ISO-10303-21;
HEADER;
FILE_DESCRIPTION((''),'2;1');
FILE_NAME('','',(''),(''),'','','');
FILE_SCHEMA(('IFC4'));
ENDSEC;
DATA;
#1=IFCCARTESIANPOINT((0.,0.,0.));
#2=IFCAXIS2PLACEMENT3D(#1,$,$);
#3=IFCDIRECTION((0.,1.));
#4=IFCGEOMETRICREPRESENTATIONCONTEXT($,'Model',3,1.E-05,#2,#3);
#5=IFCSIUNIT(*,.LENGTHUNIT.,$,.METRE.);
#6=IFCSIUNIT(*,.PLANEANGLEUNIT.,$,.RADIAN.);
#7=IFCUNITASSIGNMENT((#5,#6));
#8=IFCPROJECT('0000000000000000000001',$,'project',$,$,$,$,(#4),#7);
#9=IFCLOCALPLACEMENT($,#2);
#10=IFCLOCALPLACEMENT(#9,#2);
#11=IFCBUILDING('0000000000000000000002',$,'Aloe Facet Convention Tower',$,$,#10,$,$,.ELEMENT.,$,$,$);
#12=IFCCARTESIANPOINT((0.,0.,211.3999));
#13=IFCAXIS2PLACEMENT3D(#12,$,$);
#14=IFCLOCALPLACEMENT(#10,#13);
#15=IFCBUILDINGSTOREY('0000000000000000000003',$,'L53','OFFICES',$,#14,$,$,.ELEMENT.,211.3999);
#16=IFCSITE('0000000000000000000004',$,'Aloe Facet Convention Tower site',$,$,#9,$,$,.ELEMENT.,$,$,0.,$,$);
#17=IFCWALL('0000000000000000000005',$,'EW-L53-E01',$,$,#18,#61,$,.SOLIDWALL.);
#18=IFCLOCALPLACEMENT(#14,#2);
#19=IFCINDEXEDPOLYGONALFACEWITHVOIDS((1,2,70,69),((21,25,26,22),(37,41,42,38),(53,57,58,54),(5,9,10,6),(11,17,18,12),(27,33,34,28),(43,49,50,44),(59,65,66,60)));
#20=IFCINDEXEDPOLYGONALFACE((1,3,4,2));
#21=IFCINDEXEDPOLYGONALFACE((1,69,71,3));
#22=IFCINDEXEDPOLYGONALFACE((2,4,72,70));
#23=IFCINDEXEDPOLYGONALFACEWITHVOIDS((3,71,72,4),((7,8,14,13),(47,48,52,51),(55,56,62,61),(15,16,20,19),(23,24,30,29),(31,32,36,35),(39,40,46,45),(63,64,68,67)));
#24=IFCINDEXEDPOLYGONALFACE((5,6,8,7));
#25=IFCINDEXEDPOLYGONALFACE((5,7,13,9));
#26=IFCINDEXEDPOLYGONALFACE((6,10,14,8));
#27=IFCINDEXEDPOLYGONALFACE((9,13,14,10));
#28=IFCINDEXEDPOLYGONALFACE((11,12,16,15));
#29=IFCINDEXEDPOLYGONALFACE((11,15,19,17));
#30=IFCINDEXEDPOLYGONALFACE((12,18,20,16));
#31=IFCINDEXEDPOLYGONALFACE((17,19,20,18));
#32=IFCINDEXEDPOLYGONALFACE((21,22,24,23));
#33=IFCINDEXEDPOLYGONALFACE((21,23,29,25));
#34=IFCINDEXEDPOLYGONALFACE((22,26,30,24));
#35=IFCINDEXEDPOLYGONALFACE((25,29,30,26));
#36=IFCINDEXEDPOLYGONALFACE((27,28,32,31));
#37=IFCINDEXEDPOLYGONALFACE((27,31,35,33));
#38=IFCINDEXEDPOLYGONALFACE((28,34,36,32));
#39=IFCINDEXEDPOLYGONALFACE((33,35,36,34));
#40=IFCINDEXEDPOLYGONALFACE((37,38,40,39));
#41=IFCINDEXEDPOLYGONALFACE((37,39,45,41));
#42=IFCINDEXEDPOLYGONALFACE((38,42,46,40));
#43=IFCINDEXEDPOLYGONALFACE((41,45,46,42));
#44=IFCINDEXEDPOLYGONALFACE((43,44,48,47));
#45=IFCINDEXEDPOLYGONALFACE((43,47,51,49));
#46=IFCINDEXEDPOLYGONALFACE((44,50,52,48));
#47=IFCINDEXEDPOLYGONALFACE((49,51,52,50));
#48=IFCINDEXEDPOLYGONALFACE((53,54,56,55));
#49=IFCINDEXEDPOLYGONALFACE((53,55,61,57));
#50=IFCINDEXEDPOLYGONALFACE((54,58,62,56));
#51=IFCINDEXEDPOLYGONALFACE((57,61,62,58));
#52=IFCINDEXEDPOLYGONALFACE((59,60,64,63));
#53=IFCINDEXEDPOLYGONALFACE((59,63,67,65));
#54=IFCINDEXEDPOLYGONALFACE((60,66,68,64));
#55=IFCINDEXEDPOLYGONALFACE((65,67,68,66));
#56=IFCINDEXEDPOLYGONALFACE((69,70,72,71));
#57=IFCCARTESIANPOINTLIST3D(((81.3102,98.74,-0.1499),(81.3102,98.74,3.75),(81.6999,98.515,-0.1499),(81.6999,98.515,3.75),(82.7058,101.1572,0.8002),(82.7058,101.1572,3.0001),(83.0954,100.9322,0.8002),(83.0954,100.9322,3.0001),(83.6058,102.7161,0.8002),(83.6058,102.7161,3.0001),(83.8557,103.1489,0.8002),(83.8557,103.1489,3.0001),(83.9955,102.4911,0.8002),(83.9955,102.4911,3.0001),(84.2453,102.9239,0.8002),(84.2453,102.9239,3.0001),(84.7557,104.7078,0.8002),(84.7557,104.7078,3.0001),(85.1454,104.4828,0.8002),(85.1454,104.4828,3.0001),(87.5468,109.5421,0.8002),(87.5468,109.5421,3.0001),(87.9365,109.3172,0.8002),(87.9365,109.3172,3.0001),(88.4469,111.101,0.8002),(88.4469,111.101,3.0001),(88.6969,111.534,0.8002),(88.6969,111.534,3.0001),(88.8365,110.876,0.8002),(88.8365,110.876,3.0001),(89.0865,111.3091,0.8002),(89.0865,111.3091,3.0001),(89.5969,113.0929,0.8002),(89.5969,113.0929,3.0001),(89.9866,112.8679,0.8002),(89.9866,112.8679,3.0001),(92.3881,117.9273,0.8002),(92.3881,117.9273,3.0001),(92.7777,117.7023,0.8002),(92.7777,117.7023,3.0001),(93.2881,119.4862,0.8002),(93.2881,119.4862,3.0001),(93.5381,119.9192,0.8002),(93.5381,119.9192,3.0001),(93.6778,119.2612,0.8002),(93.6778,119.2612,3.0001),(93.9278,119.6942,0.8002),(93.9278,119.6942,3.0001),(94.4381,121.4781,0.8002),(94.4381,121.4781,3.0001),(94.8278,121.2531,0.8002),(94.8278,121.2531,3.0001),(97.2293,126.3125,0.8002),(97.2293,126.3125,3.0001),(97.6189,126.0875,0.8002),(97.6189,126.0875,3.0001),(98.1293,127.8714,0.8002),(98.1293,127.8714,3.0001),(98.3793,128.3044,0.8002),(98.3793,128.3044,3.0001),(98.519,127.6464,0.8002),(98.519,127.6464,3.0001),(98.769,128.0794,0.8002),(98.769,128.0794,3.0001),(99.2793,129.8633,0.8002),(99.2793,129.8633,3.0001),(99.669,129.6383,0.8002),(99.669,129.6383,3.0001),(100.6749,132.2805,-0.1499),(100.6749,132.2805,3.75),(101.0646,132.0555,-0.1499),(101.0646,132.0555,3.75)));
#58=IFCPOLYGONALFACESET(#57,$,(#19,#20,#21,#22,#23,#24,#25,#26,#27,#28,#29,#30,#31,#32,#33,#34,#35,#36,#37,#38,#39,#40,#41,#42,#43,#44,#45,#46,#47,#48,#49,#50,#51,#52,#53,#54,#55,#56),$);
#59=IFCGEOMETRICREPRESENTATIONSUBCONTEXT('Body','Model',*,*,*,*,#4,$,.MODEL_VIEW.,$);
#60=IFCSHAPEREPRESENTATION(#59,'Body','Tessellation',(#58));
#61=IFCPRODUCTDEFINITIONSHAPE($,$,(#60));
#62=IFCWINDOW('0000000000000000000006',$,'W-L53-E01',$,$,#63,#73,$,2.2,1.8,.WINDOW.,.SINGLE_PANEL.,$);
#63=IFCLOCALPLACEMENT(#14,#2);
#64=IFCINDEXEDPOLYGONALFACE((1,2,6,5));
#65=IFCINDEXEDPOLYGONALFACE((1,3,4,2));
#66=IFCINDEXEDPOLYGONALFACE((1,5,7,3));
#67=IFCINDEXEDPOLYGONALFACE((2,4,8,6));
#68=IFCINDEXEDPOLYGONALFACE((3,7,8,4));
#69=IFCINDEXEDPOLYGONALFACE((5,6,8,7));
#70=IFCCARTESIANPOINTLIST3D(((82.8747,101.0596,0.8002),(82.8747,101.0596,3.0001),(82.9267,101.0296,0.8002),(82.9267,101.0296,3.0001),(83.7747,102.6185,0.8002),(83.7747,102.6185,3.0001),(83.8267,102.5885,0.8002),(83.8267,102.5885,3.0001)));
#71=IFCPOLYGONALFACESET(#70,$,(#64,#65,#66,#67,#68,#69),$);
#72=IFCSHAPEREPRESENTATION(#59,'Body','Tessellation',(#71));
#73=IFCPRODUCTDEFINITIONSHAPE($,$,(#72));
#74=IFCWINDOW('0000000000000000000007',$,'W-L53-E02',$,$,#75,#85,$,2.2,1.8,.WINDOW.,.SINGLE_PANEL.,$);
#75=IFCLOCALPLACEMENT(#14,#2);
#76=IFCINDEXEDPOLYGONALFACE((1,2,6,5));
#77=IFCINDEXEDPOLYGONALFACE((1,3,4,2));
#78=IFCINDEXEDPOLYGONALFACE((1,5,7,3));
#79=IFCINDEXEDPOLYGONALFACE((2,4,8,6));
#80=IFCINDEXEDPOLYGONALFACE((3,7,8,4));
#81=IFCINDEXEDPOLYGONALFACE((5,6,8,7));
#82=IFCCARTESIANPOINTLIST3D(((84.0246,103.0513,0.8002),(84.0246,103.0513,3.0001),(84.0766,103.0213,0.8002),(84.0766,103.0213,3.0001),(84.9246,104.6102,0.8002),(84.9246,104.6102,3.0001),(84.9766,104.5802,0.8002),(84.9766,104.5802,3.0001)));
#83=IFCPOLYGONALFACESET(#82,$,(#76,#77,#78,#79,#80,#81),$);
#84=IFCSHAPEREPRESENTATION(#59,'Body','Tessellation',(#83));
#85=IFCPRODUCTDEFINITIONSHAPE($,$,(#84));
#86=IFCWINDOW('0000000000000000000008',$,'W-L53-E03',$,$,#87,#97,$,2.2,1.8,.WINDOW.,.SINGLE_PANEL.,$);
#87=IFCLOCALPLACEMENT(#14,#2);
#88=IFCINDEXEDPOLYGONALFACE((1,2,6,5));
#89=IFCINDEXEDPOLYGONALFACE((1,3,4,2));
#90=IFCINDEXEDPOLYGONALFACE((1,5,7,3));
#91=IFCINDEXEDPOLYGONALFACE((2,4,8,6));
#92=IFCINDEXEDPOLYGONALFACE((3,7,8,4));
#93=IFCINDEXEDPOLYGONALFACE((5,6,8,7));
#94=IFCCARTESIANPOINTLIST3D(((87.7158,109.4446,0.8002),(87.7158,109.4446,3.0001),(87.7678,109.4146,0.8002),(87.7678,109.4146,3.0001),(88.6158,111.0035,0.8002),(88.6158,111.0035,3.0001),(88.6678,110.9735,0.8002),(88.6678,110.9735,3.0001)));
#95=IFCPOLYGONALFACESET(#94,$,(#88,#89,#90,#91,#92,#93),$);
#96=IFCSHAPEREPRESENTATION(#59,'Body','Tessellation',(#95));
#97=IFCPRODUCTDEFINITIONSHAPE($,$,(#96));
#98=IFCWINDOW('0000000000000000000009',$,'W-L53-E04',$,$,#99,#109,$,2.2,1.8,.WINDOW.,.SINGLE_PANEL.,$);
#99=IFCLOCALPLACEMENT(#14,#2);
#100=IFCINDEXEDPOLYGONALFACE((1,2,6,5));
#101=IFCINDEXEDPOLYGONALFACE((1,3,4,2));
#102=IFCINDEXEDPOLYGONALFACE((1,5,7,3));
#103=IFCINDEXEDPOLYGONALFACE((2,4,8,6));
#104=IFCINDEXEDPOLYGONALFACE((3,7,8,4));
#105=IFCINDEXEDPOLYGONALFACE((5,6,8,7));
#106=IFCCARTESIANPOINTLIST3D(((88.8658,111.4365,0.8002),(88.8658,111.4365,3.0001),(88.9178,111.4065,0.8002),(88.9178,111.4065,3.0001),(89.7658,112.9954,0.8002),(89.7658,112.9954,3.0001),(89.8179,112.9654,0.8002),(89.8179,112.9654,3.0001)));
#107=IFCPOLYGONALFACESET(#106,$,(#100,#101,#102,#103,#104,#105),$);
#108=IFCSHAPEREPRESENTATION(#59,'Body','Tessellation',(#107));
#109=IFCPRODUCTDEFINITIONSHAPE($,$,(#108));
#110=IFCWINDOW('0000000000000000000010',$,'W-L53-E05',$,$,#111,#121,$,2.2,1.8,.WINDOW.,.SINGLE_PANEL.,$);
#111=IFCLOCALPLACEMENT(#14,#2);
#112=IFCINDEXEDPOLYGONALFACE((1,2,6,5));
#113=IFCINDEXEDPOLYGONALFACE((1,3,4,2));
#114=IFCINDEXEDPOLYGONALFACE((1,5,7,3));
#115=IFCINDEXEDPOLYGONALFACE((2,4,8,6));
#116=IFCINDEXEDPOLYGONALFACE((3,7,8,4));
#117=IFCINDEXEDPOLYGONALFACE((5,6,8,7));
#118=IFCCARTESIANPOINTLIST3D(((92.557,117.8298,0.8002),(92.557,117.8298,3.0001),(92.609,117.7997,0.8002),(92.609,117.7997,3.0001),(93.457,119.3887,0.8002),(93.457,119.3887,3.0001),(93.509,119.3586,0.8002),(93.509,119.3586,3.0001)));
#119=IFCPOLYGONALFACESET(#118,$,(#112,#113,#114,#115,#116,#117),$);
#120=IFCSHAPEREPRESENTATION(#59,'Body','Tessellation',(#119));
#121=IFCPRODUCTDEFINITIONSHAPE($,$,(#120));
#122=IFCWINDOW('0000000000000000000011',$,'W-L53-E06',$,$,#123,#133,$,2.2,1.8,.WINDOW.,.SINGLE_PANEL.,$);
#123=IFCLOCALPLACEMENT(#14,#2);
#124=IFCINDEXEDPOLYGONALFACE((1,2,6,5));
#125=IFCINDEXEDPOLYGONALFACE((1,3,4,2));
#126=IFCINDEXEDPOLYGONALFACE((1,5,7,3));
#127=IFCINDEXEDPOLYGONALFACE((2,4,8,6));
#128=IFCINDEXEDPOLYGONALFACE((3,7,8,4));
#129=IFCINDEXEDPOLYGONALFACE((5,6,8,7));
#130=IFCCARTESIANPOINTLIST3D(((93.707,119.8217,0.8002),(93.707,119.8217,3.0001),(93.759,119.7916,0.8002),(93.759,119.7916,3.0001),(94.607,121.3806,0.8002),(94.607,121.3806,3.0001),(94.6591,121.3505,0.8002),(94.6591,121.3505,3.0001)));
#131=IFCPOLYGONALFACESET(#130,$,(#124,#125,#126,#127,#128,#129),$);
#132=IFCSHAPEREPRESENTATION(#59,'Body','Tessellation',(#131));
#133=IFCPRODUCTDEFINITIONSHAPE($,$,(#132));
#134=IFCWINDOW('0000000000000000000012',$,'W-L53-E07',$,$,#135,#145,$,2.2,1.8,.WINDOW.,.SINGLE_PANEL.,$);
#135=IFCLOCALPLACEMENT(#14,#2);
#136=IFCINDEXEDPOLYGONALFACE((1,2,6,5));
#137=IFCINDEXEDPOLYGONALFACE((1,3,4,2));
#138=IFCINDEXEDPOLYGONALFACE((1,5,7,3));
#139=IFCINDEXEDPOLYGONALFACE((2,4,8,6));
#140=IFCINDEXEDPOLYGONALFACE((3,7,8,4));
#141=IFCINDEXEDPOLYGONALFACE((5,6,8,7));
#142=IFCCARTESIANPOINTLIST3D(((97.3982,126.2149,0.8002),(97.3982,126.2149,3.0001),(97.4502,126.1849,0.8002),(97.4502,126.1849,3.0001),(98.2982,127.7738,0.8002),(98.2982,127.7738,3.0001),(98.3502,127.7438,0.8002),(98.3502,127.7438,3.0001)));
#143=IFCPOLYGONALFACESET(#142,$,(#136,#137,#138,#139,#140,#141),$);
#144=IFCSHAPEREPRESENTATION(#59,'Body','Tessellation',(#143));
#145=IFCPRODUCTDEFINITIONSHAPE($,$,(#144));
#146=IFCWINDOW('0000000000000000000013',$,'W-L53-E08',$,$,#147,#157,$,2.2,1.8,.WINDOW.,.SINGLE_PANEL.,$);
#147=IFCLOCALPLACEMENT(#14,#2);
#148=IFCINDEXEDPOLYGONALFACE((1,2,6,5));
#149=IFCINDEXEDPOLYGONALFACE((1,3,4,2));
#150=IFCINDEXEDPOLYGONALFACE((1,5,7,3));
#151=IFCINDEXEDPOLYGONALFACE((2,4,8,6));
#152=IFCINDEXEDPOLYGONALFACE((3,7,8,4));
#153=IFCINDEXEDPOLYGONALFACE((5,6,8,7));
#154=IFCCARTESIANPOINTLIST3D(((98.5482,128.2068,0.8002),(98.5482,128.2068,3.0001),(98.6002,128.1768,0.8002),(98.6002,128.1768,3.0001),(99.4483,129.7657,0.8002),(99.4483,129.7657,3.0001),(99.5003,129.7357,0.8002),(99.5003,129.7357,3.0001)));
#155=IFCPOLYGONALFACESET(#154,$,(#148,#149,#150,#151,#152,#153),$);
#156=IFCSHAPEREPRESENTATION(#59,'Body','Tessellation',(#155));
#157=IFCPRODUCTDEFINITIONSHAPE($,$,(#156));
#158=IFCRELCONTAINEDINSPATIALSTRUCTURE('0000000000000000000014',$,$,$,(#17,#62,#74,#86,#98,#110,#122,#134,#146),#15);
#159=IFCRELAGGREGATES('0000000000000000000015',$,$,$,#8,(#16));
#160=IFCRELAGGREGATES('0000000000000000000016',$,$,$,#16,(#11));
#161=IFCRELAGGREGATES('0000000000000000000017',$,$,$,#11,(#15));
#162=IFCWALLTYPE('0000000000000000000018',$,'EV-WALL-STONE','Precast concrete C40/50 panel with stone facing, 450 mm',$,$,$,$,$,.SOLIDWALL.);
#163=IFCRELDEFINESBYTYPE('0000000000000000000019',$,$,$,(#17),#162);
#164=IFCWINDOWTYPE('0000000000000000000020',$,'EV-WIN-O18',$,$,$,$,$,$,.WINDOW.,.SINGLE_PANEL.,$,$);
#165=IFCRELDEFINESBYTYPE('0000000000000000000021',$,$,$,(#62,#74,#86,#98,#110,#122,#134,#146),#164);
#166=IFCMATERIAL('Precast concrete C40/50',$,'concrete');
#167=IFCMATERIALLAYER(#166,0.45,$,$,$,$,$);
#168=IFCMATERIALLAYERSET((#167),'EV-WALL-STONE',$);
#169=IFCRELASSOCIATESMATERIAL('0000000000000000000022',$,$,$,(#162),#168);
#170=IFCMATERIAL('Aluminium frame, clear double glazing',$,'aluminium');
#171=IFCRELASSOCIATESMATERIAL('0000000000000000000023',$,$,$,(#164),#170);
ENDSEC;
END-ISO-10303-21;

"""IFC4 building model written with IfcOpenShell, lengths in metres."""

from ifc_helpers import new_model, si_unit, direction, frame, frame_2d, origin, place, context, subcontext, project, spatial, polyline, rectangle, outline, extrude, material, layer, layer_set, type_object, element, fill, save


model = new_model("IFC4")

# Units and contexts
model_context = context("Model", 3, precision=1e-05, world=origin(), true_north=direction((0.0, 1.0)))
body_context = subcontext(model_context, "Body", "Model", "MODEL_VIEW")
ifc_project = project(units=[si_unit("LENGTHUNIT", "METRE"), si_unit("PLANEANGLEUNIT", "RADIAN")], contexts=[model_context])

# Site, building, storey
site_placement = place(None, origin())
site = spatial("IfcSite", under=ifc_project, at=site_placement, Name="Aloe Facet Convention Tower site", CompositionType="ELEMENT", RefElevation=0.0)
building_placement = place(site_placement, origin())
building = spatial("IfcBuilding", under=site, at=building_placement, Name="Aloe Facet Convention Tower", CompositionType="ELEMENT")
storey_placement = place(building_placement, frame((0.0, 0.0, 211.3999)))
storey = spatial("IfcBuildingStorey", under=building, at=storey_placement, Name="L53", Description="OFFICES", CompositionType="ELEMENT", Elevation=211.3999)

# Wall, openings, windows
ifc_material_1 = material(Name="Precast concrete C40/50", Category="concrete")
ifc_layer_1 = layer(ifc_material_1, 0.45)
ifc_layer_set_1 = layer_set([ifc_layer_1], Name="EV-WALL-STONE")
wall_type_1 = type_object("IfcWallType", Name="EV-WALL-STONE", Description="Precast concrete C40/50 panel with stone facing, 450 mm", PredefinedType="SOLIDWALL", material=ifc_layer_set_1)
wall_1_placement = place(storey_placement, frame((81.5051, 98.6274, -0.1499), z_axis=(0.0, 0.0, 1.0), x_axis=(0.500002, 0.866024, 0.0)))
wall_1 = element("IfcWall", 1, at=wall_1_placement, inside=storey, type_object=wall_type_1, Name="EW-L53-E01", PredefinedType="SOLIDWALL", context=body_context, shape_type="SweptSolid", body=[
    extrude(outline(polyline([(38.7292, 0.0), (38.7292, 3.8999), (0.0, 3.8999), (0.0, 0.0), (38.7292, 0.0)])), frame((0.0, 0.2251, 0.0), z_axis=(0.0, -1.0, 0.0), x_axis=(1.0, 0.0, 0.0)), (0.0, 0.0, 1.0), 0.45),
])
opening_1_placement = place(wall_1_placement, frame((2.7913, 0.0, 0.95)))
opening_1 = element("IfcOpeningElement", 2, at=opening_1_placement, cuts=wall_1, PredefinedType="OPENING", context=body_context, shape_type="SweptSolid", body=[
    extrude(rectangle(XDim=1.8, YDim=2.2, at=frame_2d((0.8999, 1.1001))), frame((0.0, 0.2349, 0.0), z_axis=(0.0, -1.0, 0.0), x_axis=(1.0, 0.0, 0.0)), (0.0, 0.0, 1.0), 0.47),
])
opening_2_placement = place(wall_1_placement, frame((5.0911, 0.0, 0.95)))
opening_2 = element("IfcOpeningElement", 3, at=opening_2_placement, cuts=wall_1, PredefinedType="OPENING", context=body_context, shape_type="SweptSolid", body=[
    extrude(rectangle(XDim=1.8, YDim=2.2, at=frame_2d((0.8999, 1.1001))), frame((0.0, 0.2349, 0.0), z_axis=(0.0, -1.0, 0.0), x_axis=(1.0, 0.0, 0.0)), (0.0, 0.0, 1.0), 0.47),
])
opening_3_placement = place(wall_1_placement, frame((12.4734, 0.0, 0.95)))
opening_3 = element("IfcOpeningElement", 4, at=opening_3_placement, cuts=wall_1, PredefinedType="OPENING", context=body_context, shape_type="SweptSolid", body=[
    extrude(rectangle(XDim=1.8, YDim=2.2, at=frame_2d((0.8999, 1.1001))), frame((0.0, 0.2349, 0.0), z_axis=(0.0, -1.0, 0.0), x_axis=(1.0, 0.0, 0.0)), (0.0, 0.0, 1.0), 0.47),
])
opening_4_placement = place(wall_1_placement, frame((14.7734, 0.0, 0.95)))
opening_4 = element("IfcOpeningElement", 5, at=opening_4_placement, cuts=wall_1, PredefinedType="OPENING", context=body_context, shape_type="SweptSolid", body=[
    extrude(rectangle(XDim=1.8, YDim=2.2, at=frame_2d((0.8999, 1.1001))), frame((0.0, 0.2349, 0.0), z_axis=(0.0, -1.0, 0.0), x_axis=(1.0, 0.0, 0.0)), (0.0, 0.0, 1.0), 0.47),
])
opening_5_placement = place(wall_1_placement, frame((22.1558, 0.0, 0.95)))
opening_5 = element("IfcOpeningElement", 6, at=opening_5_placement, cuts=wall_1, PredefinedType="OPENING", context=body_context, shape_type="SweptSolid", body=[
    extrude(rectangle(XDim=1.8, YDim=2.2, at=frame_2d((0.8999, 1.1001))), frame((0.0, 0.2349, 0.0), z_axis=(0.0, -1.0, 0.0), x_axis=(1.0, 0.0, 0.0)), (0.0, 0.0, 1.0), 0.47),
])
opening_6_placement = place(wall_1_placement, frame((24.4558, 0.0, 0.95)))
opening_6 = element("IfcOpeningElement", 7, at=opening_6_placement, cuts=wall_1, PredefinedType="OPENING", context=body_context, shape_type="SweptSolid", body=[
    extrude(rectangle(XDim=1.8, YDim=2.2, at=frame_2d((0.8999, 1.1001))), frame((0.0, 0.2349, 0.0), z_axis=(0.0, -1.0, 0.0), x_axis=(1.0, 0.0, 0.0)), (0.0, 0.0, 1.0), 0.47),
])
opening_7_placement = place(wall_1_placement, frame((31.8381, 0.0, 0.95)))
opening_7 = element("IfcOpeningElement", 8, at=opening_7_placement, cuts=wall_1, PredefinedType="OPENING", context=body_context, shape_type="SweptSolid", body=[
    extrude(rectangle(XDim=1.8, YDim=2.2, at=frame_2d((0.8999, 1.1001))), frame((0.0, 0.2349, 0.0), z_axis=(0.0, -1.0, 0.0), x_axis=(1.0, 0.0, 0.0)), (0.0, 0.0, 1.0), 0.47),
])
opening_8_placement = place(wall_1_placement, frame((34.1382, 0.0, 0.95)))
opening_8 = element("IfcOpeningElement", 9, at=opening_8_placement, cuts=wall_1, PredefinedType="OPENING", context=body_context, shape_type="SweptSolid", body=[
    extrude(rectangle(XDim=1.8, YDim=2.2, at=frame_2d((0.8999, 1.1001))), frame((0.0, 0.2349, 0.0), z_axis=(0.0, -1.0, 0.0), x_axis=(1.0, 0.0, 0.0)), (0.0, 0.0, 1.0), 0.47),
])
ifc_material_2 = material(Name="Aluminium frame, clear double glazing", Category="aluminium")
window_type = type_object("IfcWindowType", Name="EV-WIN-O18", PartitioningType="SINGLE_PANEL", PredefinedType="WINDOW", material=ifc_material_2)
window_1_placement = place(opening_1_placement, origin())
window_1 = element("IfcWindow", 10, at=window_1_placement, inside=storey, type_object=window_type, Name="W-L53-E01", OverallHeight=2.2, OverallWidth=1.8, PartitioningType="SINGLE_PANEL", PredefinedType="WINDOW", context=body_context, shape_type="SweptSolid", body=[
    extrude(rectangle(XDim=1.8, YDim=2.2, at=frame_2d((0.8999, 1.1001))), frame((0.0, 0.03, 0.0), z_axis=(0.0, -1.0, 0.0), x_axis=(1.0, 0.0, 0.0)), (0.0, 0.0, 1.0), 0.0601),
])
fill(opening_1, window_1)
window_2_placement = place(opening_2_placement, origin())
window_2 = element("IfcWindow", 11, at=window_2_placement, inside=storey, type_object=window_type, Name="W-L53-E02", OverallHeight=2.2, OverallWidth=1.8, PartitioningType="SINGLE_PANEL", PredefinedType="WINDOW", context=body_context, shape_type="SweptSolid", body=[
    extrude(rectangle(XDim=1.8, YDim=2.2, at=frame_2d((0.8999, 1.1001))), frame((0.0, 0.03, 0.0), z_axis=(0.0, -1.0, 0.0), x_axis=(1.0, 0.0, 0.0)), (0.0, 0.0, 1.0), 0.0601),
])
fill(opening_2, window_2)
window_3_placement = place(opening_3_placement, origin())
window_3 = element("IfcWindow", 12, at=window_3_placement, inside=storey, type_object=window_type, Name="W-L53-E03", OverallHeight=2.2, OverallWidth=1.8, PartitioningType="SINGLE_PANEL", PredefinedType="WINDOW", context=body_context, shape_type="SweptSolid", body=[
    extrude(rectangle(XDim=1.8, YDim=2.2, at=frame_2d((0.8999, 1.1001))), frame((0.0, 0.03, 0.0), z_axis=(0.0, -1.0, 0.0), x_axis=(1.0, 0.0, 0.0)), (0.0, 0.0, 1.0), 0.0601),
])
fill(opening_3, window_3)
window_4_placement = place(opening_4_placement, origin())
window_4 = element("IfcWindow", 13, at=window_4_placement, inside=storey, type_object=window_type, Name="W-L53-E04", OverallHeight=2.2, OverallWidth=1.8, PartitioningType="SINGLE_PANEL", PredefinedType="WINDOW", context=body_context, shape_type="SweptSolid", body=[
    extrude(rectangle(XDim=1.8, YDim=2.2, at=frame_2d((0.8999, 1.1001))), frame((0.0, 0.03, 0.0), z_axis=(0.0, -1.0, 0.0), x_axis=(1.0, 0.0, 0.0)), (0.0, 0.0, 1.0), 0.0601),
])
fill(opening_4, window_4)
window_5_placement = place(opening_5_placement, origin())
window_5 = element("IfcWindow", 14, at=window_5_placement, inside=storey, type_object=window_type, Name="W-L53-E05", OverallHeight=2.2, OverallWidth=1.8, PartitioningType="SINGLE_PANEL", PredefinedType="WINDOW", context=body_context, shape_type="SweptSolid", body=[
    extrude(rectangle(XDim=1.8, YDim=2.2, at=frame_2d((0.8999, 1.1001))), frame((0.0, 0.03, 0.0), z_axis=(0.0, -1.0, 0.0), x_axis=(1.0, 0.0, 0.0)), (0.0, 0.0, 1.0), 0.0601),
])
fill(opening_5, window_5)
window_6_placement = place(opening_6_placement, origin())
window_6 = element("IfcWindow", 15, at=window_6_placement, inside=storey, type_object=window_type, Name="W-L53-E06", OverallHeight=2.2, OverallWidth=1.8, PartitioningType="SINGLE_PANEL", PredefinedType="WINDOW", context=body_context, shape_type="SweptSolid", body=[
    extrude(rectangle(XDim=1.8, YDim=2.2, at=frame_2d((0.8999, 1.1001))), frame((0.0, 0.03, 0.0), z_axis=(0.0, -1.0, 0.0), x_axis=(1.0, 0.0, 0.0)), (0.0, 0.0, 1.0), 0.0601),
])
fill(opening_6, window_6)
window_7_placement = place(opening_7_placement, origin())
window_7 = element("IfcWindow", 16, at=window_7_placement, inside=storey, type_object=window_type, Name="W-L53-E07", OverallHeight=2.2, OverallWidth=1.8, PartitioningType="SINGLE_PANEL", PredefinedType="WINDOW", context=body_context, shape_type="SweptSolid", body=[
    extrude(rectangle(XDim=1.8, YDim=2.2, at=frame_2d((0.8999, 1.1001))), frame((0.0, 0.03, 0.0), z_axis=(0.0, -1.0, 0.0), x_axis=(1.0, 0.0, 0.0)), (0.0, 0.0, 1.0), 0.0601),
])
fill(opening_7, window_7)
window_8_placement = place(opening_8_placement, origin())
window_8 = element("IfcWindow", 17, at=window_8_placement, inside=storey, type_object=window_type, Name="W-L53-E08", OverallHeight=2.2, OverallWidth=1.8, PartitioningType="SINGLE_PANEL", PredefinedType="WINDOW", context=body_context, shape_type="SweptSolid", body=[
    extrude(rectangle(XDim=1.8, YDim=2.2, at=frame_2d((0.8999, 1.1001))), frame((0.0, 0.03, 0.0), z_axis=(0.0, -1.0, 0.0), x_axis=(1.0, 0.0, 0.0)), (0.0, 0.0, 1.0), 0.0601),
])
fill(opening_8, window_8)

save(model, "model.ifc")
